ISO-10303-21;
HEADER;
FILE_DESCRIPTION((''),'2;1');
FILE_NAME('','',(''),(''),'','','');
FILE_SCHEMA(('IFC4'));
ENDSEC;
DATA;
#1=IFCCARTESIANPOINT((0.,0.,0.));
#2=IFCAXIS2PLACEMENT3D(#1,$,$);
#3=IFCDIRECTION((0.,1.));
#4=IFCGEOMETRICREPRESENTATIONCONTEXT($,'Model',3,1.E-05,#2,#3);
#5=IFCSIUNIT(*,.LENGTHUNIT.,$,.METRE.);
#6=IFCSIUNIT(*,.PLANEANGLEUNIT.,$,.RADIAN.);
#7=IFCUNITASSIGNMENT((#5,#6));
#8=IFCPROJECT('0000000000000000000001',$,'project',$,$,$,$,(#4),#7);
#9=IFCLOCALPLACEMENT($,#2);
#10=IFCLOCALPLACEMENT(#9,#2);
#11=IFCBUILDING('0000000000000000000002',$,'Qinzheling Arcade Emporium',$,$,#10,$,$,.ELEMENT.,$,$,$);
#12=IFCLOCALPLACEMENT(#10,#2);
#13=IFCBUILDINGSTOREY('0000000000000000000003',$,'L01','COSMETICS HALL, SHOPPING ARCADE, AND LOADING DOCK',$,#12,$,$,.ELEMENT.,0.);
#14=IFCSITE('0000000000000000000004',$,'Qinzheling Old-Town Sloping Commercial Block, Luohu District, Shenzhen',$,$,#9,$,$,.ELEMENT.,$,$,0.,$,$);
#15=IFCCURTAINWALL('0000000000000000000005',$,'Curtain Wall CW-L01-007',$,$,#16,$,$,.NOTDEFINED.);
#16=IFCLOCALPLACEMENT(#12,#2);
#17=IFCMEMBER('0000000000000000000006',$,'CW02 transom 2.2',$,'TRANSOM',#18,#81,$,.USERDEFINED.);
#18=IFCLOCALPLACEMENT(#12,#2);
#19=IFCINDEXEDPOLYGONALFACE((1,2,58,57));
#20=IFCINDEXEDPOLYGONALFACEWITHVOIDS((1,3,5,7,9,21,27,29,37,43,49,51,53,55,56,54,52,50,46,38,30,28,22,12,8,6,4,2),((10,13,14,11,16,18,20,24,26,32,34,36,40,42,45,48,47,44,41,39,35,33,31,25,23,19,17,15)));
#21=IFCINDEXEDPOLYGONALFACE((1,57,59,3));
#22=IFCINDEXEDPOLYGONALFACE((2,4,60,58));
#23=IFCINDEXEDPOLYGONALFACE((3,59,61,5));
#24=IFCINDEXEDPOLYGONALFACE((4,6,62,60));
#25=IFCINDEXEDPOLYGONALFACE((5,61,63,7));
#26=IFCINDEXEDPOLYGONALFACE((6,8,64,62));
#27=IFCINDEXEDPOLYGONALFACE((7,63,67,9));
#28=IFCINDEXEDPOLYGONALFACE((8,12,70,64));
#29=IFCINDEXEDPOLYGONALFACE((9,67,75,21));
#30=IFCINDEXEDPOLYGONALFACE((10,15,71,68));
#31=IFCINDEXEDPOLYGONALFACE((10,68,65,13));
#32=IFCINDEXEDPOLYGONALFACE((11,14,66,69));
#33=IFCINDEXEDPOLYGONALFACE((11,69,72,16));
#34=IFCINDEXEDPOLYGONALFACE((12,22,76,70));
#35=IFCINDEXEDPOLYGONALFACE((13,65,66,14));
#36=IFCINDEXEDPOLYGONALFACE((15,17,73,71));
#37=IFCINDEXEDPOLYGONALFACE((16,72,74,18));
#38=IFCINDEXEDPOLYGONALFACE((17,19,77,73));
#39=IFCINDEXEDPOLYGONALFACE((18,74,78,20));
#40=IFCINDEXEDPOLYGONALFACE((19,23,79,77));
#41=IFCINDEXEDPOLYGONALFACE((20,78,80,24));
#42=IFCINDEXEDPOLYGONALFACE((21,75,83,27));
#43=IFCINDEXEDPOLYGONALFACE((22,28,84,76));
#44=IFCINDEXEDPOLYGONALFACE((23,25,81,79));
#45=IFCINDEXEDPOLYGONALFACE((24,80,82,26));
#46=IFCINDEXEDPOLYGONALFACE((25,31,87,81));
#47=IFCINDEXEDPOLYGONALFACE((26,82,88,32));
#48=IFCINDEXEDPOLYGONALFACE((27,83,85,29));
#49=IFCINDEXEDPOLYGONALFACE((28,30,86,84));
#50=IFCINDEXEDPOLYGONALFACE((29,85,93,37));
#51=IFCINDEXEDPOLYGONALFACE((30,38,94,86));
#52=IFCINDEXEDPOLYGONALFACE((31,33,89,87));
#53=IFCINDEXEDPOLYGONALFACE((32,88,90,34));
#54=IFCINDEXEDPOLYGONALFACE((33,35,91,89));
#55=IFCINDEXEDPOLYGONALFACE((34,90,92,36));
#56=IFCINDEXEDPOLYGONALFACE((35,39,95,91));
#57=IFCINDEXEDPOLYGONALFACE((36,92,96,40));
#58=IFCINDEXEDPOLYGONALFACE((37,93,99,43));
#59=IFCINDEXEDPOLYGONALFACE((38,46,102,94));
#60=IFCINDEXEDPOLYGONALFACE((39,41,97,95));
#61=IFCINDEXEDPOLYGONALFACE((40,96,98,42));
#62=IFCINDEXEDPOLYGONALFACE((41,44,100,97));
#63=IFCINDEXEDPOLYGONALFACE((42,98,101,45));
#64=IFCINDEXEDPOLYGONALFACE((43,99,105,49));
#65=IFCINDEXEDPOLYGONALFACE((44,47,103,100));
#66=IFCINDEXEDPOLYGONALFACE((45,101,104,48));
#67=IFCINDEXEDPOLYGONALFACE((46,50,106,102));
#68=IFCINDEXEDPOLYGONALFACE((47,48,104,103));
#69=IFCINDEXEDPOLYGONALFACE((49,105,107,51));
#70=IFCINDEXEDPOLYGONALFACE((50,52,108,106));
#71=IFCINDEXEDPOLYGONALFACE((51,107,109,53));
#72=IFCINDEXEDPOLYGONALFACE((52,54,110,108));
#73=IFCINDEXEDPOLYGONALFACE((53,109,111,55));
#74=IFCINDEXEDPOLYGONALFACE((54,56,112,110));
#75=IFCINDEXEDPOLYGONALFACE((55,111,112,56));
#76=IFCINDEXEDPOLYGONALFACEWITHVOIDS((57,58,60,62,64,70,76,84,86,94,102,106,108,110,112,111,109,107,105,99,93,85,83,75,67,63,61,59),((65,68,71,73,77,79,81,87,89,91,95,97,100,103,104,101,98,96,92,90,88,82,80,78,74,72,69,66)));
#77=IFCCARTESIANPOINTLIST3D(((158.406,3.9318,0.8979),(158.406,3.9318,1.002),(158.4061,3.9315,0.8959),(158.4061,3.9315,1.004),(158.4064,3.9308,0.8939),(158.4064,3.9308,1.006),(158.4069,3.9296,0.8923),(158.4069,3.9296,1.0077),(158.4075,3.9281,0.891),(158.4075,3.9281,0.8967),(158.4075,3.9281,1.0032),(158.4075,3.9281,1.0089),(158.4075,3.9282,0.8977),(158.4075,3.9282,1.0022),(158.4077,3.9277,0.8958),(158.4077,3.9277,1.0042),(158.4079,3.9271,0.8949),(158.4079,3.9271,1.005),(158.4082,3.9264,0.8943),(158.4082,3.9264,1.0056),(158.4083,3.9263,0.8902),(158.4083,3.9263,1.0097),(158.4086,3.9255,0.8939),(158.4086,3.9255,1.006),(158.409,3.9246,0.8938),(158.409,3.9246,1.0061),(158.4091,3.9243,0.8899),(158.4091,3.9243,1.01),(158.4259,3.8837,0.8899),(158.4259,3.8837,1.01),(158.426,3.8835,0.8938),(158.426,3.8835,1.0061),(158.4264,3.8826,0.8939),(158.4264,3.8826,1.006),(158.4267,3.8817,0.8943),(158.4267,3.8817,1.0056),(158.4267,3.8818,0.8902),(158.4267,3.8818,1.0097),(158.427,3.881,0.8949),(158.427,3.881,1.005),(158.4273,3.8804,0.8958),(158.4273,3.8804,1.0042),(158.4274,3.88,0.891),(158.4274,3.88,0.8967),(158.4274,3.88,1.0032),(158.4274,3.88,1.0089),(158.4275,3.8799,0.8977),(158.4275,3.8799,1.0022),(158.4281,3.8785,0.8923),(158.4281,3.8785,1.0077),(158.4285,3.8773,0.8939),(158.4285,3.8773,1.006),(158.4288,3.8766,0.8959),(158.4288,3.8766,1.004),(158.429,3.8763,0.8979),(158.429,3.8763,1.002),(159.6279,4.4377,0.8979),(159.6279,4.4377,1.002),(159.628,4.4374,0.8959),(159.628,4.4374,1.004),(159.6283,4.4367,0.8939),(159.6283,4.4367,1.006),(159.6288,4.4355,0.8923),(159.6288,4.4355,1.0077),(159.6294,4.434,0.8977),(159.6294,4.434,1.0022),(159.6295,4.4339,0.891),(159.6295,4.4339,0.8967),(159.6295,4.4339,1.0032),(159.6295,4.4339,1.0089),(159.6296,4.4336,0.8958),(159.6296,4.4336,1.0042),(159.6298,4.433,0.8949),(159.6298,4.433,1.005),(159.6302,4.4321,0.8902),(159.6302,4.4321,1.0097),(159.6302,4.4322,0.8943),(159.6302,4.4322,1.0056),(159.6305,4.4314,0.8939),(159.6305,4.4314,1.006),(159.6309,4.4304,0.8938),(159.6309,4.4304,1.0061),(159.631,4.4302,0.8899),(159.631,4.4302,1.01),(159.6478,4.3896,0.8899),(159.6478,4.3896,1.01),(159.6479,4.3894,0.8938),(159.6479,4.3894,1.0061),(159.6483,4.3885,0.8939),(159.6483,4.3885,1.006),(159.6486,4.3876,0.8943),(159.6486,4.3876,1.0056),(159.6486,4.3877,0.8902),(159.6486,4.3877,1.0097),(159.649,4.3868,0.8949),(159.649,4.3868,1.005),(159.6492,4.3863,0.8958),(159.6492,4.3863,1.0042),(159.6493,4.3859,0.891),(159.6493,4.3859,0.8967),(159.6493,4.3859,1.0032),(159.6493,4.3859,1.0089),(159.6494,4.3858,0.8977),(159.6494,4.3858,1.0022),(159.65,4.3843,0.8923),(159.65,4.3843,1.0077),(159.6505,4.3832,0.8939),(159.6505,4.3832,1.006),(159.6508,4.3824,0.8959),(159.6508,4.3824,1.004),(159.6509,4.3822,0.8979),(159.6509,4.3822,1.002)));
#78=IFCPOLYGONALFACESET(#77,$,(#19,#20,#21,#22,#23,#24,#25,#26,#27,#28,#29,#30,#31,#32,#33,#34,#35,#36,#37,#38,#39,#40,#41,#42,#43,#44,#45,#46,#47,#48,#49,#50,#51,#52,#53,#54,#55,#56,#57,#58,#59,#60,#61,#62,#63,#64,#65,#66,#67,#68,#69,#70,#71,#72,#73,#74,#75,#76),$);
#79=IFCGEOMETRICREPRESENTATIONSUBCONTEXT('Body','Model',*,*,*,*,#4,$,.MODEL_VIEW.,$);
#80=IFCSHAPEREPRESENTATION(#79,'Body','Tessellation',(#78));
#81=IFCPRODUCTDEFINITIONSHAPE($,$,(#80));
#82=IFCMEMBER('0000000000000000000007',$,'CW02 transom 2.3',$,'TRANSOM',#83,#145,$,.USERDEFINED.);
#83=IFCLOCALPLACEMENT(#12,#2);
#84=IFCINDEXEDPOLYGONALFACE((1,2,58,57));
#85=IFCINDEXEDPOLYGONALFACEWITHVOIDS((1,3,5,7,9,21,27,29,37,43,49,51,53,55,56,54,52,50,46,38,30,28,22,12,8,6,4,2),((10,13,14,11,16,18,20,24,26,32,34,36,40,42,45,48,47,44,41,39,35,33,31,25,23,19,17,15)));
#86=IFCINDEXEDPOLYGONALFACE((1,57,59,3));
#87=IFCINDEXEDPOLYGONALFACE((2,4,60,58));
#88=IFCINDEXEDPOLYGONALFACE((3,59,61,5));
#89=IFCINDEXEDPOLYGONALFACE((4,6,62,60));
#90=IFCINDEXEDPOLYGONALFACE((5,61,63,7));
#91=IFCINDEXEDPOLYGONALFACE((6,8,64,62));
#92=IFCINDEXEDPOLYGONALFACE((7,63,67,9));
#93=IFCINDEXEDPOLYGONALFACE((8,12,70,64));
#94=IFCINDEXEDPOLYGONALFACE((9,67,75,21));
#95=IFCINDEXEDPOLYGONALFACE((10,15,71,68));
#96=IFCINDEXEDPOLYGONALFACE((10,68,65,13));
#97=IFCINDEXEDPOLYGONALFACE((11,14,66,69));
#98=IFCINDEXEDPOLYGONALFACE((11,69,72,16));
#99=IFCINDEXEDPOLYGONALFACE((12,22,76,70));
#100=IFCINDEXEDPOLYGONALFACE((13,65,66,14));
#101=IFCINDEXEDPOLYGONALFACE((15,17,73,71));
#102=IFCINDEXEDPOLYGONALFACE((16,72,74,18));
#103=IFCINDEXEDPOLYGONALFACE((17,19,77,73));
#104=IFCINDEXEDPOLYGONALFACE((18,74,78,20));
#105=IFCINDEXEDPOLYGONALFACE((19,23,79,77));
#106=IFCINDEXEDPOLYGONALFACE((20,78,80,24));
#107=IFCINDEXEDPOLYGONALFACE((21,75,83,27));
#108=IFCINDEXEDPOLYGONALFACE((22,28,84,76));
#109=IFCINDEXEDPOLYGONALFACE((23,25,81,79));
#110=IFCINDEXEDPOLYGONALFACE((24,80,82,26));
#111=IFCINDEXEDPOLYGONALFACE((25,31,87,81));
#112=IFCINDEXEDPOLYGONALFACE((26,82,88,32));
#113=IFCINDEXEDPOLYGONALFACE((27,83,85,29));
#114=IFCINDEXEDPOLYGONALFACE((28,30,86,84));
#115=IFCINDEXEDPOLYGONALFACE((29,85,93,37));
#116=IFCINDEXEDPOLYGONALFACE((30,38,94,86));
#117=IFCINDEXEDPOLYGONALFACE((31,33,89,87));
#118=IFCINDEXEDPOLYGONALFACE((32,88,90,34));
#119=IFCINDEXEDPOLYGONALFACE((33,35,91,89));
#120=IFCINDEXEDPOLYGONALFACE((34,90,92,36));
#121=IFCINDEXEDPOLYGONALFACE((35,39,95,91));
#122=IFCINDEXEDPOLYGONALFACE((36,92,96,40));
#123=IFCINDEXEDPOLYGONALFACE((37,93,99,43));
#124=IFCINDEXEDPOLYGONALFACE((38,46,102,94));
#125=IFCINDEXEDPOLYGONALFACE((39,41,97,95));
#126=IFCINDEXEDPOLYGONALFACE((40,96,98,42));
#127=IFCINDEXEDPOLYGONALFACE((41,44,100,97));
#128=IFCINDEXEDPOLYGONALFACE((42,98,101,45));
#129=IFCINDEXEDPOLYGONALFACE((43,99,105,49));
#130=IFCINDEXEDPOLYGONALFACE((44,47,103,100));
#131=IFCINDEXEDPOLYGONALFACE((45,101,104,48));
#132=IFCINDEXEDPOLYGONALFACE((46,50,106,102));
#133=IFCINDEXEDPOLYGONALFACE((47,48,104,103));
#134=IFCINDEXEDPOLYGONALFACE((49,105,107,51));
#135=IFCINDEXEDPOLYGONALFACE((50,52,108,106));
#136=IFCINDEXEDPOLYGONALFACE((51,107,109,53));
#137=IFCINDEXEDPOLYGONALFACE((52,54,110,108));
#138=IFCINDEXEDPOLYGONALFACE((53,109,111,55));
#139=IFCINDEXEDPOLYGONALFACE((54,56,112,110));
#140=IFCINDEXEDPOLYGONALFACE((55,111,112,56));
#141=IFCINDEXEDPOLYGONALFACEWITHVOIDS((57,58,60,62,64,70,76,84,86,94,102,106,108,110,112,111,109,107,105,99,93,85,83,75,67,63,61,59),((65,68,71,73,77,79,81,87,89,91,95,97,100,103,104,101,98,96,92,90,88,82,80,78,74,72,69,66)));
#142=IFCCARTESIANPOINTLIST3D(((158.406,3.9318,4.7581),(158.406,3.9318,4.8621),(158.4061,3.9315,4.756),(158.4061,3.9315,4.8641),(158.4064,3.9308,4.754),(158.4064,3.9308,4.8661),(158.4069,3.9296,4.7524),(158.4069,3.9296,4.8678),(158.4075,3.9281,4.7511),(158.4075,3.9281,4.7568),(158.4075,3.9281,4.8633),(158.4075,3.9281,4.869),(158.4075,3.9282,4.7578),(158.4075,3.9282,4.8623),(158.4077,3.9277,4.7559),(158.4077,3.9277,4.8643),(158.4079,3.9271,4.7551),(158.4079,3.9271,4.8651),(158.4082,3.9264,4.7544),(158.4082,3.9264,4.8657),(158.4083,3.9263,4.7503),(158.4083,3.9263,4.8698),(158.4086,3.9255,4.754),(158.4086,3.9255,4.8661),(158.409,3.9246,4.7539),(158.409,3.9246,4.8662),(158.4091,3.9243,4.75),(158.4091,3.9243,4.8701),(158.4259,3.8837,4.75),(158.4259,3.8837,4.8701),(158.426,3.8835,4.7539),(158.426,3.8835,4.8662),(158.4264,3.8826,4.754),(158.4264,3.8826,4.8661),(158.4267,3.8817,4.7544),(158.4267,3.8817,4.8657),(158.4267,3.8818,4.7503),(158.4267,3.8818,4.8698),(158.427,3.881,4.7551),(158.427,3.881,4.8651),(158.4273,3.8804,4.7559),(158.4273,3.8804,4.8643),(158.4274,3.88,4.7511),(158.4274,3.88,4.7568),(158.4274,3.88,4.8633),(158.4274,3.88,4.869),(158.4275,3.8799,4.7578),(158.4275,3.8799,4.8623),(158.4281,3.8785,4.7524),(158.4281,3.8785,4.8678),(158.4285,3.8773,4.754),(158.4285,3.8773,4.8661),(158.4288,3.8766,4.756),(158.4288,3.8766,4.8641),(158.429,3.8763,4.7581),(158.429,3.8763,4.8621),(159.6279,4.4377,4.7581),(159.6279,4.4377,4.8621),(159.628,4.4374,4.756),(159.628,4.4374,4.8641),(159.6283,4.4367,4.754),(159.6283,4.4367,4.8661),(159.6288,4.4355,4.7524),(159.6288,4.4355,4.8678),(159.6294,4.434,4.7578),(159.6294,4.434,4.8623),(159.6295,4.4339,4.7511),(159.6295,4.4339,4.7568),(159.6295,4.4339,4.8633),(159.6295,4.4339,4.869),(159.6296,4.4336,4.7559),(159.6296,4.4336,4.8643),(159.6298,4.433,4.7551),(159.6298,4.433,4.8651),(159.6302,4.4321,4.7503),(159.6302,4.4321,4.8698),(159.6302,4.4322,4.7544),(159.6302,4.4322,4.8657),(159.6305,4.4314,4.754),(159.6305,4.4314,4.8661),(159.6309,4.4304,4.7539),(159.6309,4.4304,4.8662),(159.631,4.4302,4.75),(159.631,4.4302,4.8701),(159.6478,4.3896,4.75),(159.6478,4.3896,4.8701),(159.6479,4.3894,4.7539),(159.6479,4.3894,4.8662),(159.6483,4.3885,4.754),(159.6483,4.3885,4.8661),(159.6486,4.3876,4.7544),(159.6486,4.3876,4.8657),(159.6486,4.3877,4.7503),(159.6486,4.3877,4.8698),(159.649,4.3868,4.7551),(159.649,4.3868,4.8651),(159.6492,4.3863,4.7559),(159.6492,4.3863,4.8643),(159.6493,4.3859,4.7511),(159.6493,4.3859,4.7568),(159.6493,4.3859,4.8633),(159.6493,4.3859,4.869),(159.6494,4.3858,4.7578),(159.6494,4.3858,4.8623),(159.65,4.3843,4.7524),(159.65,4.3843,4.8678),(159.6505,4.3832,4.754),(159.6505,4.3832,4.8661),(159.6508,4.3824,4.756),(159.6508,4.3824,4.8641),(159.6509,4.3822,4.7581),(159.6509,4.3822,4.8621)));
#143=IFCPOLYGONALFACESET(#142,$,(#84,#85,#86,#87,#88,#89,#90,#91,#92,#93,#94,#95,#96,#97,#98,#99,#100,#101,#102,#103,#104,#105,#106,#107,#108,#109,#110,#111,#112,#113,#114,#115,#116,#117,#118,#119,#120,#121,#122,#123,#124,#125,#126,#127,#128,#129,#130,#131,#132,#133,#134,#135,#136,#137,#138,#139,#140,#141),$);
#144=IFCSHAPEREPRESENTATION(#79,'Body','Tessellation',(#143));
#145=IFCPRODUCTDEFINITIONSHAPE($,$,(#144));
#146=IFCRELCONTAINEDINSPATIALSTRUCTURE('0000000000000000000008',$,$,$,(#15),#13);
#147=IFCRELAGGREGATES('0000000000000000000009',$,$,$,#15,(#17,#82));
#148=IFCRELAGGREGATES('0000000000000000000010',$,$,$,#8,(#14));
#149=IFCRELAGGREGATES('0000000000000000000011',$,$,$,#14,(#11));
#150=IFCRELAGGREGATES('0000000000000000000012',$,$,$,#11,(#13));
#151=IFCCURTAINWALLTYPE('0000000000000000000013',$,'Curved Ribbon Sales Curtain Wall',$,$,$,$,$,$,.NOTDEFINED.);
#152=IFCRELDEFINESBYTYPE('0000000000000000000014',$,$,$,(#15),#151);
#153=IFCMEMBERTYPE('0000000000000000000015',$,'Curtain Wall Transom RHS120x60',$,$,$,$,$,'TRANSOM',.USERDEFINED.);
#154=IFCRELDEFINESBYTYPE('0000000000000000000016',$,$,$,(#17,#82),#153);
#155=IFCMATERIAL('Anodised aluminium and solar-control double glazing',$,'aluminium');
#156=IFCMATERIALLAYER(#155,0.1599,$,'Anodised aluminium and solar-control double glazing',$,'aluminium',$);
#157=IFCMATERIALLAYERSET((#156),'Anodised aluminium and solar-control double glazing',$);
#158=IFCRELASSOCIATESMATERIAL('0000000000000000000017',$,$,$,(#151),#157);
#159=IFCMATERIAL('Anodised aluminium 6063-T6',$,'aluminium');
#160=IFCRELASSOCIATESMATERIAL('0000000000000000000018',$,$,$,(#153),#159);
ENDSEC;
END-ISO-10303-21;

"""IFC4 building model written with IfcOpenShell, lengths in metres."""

from ifc_helpers import new_model, si_unit, direction, frame, origin, origin_2d, place, context, subcontext, project, spatial, hollow_rectangle, extrude, material, layer, layer_set, material_profile, profile_set, type_object, element, aggregate, save


model = new_model("IFC4")

# Units and contexts
model_context = context("Model", 3, precision=1e-05, world=origin(), true_north=direction((0.0, 1.0)))
body_context = subcontext(model_context, "Body", "Model", "MODEL_VIEW")
ifc_project = project(units=[si_unit("LENGTHUNIT", "METRE"), si_unit("PLANEANGLEUNIT", "RADIAN")], contexts=[model_context])

# Site, building, storey
site_placement = place(None, origin())
site = spatial("IfcSite", under=ifc_project, at=site_placement, Name="Qinzheling Old-Town Sloping Commercial Block, Luohu District, Shenzhen", CompositionType="ELEMENT", RefElevation=0.0)
building_placement = place(site_placement, origin())
building = spatial("IfcBuilding", under=site, at=building_placement, Name="Qinzheling Arcade Emporium", CompositionType="ELEMENT")
storey_placement = place(building_placement, origin())
storey = spatial("IfcBuildingStorey", under=building, at=storey_placement, Name="L01", Description="COSMETICS HALL, SHOPPING ARCADE, AND LOADING DOCK", CompositionType="ELEMENT", Elevation=0.0)

# Curtain wall
ifc_material_1 = material(Name="Anodised aluminium and solar-control double glazing", Category="aluminium")
ifc_layer_1 = layer(ifc_material_1, 0.1599, Name="Anodised aluminium and solar-control double glazing", Category="aluminium")
ifc_layer_set_1 = layer_set([ifc_layer_1], Name="Anodised aluminium and solar-control double glazing")
curtain_wall_type = type_object("IfcCurtainWallType", Name="Curved Ribbon Sales Curtain Wall", PredefinedType="NOTDEFINED", material=ifc_layer_set_1)
curtain_wall_1_placement = place(storey_placement, origin())
curtain_wall_1 = element("IfcCurtainWall", 1, at=curtain_wall_1_placement, inside=storey, type_object=curtain_wall_type, Name="Curtain Wall CW-L01-007", PredefinedType="NOTDEFINED")
ifc_material_2 = material(Name="Anodised aluminium 6063-T6", Category="aluminium")

# Members
ifc_material_profile_1 = material_profile(ifc_material_2, hollow_rectangle(XDim=0.0601, YDim=0.1201, WallThickness=0.0039, InnerFilletRadius=0.0039, OuterFilletRadius=0.0081, at=origin_2d()), Name="RHS 120x60x4", Category="aluminium")
ifc_profile_set_1 = profile_set([ifc_material_profile_1], Name="Anodised aluminium 6063-T6")
member_type_1 = type_object("IfcMemberType", Name="Curtain Wall Transom RHS120x60", ElementType="TRANSOM", PredefinedType="USERDEFINED", material=ifc_profile_set_1)
member_1_placement = place(storey_placement, frame((159.6394, 4.4099, 0.95), z_axis=(-0.923954, -0.382504, 0.0), x_axis=(0.382504, -0.923954, 0.0)))
member_1 = element("IfcMember", 2, at=member_1_placement, type_object=member_type_1, Name="CW02 transom 2.2", ObjectType="TRANSOM", PredefinedType="USERDEFINED", context=body_context, shape_type="SweptSolid", body=[
    extrude(hollow_rectangle(XDim=0.0601, YDim=0.1201, WallThickness=0.0039, InnerFilletRadius=0.0039, OuterFilletRadius=0.0081, at=origin_2d()), origin(), (0.0, 0.0, 1.0), 1.3225),
])
member_2_placement = place(storey_placement, frame((159.6394, 4.4099, 4.8101), z_axis=(-0.923954, -0.382504, 0.0), x_axis=(0.382504, -0.923954, 0.0)))
member_2 = element("IfcMember", 3, at=member_2_placement, type_object=member_type_1, Name="CW02 transom 2.3", ObjectType="TRANSOM", PredefinedType="USERDEFINED", context=body_context, shape_type="SweptSolid", body=[
    extrude(hollow_rectangle(XDim=0.0601, YDim=0.1201, WallThickness=0.0039, InnerFilletRadius=0.0039, OuterFilletRadius=0.0081, at=origin_2d()), origin(), (0.0, 0.0, 1.0), 1.3225),
])

aggregate(curtain_wall_1, [member_1, member_2])

save(model, "model.ifc")
